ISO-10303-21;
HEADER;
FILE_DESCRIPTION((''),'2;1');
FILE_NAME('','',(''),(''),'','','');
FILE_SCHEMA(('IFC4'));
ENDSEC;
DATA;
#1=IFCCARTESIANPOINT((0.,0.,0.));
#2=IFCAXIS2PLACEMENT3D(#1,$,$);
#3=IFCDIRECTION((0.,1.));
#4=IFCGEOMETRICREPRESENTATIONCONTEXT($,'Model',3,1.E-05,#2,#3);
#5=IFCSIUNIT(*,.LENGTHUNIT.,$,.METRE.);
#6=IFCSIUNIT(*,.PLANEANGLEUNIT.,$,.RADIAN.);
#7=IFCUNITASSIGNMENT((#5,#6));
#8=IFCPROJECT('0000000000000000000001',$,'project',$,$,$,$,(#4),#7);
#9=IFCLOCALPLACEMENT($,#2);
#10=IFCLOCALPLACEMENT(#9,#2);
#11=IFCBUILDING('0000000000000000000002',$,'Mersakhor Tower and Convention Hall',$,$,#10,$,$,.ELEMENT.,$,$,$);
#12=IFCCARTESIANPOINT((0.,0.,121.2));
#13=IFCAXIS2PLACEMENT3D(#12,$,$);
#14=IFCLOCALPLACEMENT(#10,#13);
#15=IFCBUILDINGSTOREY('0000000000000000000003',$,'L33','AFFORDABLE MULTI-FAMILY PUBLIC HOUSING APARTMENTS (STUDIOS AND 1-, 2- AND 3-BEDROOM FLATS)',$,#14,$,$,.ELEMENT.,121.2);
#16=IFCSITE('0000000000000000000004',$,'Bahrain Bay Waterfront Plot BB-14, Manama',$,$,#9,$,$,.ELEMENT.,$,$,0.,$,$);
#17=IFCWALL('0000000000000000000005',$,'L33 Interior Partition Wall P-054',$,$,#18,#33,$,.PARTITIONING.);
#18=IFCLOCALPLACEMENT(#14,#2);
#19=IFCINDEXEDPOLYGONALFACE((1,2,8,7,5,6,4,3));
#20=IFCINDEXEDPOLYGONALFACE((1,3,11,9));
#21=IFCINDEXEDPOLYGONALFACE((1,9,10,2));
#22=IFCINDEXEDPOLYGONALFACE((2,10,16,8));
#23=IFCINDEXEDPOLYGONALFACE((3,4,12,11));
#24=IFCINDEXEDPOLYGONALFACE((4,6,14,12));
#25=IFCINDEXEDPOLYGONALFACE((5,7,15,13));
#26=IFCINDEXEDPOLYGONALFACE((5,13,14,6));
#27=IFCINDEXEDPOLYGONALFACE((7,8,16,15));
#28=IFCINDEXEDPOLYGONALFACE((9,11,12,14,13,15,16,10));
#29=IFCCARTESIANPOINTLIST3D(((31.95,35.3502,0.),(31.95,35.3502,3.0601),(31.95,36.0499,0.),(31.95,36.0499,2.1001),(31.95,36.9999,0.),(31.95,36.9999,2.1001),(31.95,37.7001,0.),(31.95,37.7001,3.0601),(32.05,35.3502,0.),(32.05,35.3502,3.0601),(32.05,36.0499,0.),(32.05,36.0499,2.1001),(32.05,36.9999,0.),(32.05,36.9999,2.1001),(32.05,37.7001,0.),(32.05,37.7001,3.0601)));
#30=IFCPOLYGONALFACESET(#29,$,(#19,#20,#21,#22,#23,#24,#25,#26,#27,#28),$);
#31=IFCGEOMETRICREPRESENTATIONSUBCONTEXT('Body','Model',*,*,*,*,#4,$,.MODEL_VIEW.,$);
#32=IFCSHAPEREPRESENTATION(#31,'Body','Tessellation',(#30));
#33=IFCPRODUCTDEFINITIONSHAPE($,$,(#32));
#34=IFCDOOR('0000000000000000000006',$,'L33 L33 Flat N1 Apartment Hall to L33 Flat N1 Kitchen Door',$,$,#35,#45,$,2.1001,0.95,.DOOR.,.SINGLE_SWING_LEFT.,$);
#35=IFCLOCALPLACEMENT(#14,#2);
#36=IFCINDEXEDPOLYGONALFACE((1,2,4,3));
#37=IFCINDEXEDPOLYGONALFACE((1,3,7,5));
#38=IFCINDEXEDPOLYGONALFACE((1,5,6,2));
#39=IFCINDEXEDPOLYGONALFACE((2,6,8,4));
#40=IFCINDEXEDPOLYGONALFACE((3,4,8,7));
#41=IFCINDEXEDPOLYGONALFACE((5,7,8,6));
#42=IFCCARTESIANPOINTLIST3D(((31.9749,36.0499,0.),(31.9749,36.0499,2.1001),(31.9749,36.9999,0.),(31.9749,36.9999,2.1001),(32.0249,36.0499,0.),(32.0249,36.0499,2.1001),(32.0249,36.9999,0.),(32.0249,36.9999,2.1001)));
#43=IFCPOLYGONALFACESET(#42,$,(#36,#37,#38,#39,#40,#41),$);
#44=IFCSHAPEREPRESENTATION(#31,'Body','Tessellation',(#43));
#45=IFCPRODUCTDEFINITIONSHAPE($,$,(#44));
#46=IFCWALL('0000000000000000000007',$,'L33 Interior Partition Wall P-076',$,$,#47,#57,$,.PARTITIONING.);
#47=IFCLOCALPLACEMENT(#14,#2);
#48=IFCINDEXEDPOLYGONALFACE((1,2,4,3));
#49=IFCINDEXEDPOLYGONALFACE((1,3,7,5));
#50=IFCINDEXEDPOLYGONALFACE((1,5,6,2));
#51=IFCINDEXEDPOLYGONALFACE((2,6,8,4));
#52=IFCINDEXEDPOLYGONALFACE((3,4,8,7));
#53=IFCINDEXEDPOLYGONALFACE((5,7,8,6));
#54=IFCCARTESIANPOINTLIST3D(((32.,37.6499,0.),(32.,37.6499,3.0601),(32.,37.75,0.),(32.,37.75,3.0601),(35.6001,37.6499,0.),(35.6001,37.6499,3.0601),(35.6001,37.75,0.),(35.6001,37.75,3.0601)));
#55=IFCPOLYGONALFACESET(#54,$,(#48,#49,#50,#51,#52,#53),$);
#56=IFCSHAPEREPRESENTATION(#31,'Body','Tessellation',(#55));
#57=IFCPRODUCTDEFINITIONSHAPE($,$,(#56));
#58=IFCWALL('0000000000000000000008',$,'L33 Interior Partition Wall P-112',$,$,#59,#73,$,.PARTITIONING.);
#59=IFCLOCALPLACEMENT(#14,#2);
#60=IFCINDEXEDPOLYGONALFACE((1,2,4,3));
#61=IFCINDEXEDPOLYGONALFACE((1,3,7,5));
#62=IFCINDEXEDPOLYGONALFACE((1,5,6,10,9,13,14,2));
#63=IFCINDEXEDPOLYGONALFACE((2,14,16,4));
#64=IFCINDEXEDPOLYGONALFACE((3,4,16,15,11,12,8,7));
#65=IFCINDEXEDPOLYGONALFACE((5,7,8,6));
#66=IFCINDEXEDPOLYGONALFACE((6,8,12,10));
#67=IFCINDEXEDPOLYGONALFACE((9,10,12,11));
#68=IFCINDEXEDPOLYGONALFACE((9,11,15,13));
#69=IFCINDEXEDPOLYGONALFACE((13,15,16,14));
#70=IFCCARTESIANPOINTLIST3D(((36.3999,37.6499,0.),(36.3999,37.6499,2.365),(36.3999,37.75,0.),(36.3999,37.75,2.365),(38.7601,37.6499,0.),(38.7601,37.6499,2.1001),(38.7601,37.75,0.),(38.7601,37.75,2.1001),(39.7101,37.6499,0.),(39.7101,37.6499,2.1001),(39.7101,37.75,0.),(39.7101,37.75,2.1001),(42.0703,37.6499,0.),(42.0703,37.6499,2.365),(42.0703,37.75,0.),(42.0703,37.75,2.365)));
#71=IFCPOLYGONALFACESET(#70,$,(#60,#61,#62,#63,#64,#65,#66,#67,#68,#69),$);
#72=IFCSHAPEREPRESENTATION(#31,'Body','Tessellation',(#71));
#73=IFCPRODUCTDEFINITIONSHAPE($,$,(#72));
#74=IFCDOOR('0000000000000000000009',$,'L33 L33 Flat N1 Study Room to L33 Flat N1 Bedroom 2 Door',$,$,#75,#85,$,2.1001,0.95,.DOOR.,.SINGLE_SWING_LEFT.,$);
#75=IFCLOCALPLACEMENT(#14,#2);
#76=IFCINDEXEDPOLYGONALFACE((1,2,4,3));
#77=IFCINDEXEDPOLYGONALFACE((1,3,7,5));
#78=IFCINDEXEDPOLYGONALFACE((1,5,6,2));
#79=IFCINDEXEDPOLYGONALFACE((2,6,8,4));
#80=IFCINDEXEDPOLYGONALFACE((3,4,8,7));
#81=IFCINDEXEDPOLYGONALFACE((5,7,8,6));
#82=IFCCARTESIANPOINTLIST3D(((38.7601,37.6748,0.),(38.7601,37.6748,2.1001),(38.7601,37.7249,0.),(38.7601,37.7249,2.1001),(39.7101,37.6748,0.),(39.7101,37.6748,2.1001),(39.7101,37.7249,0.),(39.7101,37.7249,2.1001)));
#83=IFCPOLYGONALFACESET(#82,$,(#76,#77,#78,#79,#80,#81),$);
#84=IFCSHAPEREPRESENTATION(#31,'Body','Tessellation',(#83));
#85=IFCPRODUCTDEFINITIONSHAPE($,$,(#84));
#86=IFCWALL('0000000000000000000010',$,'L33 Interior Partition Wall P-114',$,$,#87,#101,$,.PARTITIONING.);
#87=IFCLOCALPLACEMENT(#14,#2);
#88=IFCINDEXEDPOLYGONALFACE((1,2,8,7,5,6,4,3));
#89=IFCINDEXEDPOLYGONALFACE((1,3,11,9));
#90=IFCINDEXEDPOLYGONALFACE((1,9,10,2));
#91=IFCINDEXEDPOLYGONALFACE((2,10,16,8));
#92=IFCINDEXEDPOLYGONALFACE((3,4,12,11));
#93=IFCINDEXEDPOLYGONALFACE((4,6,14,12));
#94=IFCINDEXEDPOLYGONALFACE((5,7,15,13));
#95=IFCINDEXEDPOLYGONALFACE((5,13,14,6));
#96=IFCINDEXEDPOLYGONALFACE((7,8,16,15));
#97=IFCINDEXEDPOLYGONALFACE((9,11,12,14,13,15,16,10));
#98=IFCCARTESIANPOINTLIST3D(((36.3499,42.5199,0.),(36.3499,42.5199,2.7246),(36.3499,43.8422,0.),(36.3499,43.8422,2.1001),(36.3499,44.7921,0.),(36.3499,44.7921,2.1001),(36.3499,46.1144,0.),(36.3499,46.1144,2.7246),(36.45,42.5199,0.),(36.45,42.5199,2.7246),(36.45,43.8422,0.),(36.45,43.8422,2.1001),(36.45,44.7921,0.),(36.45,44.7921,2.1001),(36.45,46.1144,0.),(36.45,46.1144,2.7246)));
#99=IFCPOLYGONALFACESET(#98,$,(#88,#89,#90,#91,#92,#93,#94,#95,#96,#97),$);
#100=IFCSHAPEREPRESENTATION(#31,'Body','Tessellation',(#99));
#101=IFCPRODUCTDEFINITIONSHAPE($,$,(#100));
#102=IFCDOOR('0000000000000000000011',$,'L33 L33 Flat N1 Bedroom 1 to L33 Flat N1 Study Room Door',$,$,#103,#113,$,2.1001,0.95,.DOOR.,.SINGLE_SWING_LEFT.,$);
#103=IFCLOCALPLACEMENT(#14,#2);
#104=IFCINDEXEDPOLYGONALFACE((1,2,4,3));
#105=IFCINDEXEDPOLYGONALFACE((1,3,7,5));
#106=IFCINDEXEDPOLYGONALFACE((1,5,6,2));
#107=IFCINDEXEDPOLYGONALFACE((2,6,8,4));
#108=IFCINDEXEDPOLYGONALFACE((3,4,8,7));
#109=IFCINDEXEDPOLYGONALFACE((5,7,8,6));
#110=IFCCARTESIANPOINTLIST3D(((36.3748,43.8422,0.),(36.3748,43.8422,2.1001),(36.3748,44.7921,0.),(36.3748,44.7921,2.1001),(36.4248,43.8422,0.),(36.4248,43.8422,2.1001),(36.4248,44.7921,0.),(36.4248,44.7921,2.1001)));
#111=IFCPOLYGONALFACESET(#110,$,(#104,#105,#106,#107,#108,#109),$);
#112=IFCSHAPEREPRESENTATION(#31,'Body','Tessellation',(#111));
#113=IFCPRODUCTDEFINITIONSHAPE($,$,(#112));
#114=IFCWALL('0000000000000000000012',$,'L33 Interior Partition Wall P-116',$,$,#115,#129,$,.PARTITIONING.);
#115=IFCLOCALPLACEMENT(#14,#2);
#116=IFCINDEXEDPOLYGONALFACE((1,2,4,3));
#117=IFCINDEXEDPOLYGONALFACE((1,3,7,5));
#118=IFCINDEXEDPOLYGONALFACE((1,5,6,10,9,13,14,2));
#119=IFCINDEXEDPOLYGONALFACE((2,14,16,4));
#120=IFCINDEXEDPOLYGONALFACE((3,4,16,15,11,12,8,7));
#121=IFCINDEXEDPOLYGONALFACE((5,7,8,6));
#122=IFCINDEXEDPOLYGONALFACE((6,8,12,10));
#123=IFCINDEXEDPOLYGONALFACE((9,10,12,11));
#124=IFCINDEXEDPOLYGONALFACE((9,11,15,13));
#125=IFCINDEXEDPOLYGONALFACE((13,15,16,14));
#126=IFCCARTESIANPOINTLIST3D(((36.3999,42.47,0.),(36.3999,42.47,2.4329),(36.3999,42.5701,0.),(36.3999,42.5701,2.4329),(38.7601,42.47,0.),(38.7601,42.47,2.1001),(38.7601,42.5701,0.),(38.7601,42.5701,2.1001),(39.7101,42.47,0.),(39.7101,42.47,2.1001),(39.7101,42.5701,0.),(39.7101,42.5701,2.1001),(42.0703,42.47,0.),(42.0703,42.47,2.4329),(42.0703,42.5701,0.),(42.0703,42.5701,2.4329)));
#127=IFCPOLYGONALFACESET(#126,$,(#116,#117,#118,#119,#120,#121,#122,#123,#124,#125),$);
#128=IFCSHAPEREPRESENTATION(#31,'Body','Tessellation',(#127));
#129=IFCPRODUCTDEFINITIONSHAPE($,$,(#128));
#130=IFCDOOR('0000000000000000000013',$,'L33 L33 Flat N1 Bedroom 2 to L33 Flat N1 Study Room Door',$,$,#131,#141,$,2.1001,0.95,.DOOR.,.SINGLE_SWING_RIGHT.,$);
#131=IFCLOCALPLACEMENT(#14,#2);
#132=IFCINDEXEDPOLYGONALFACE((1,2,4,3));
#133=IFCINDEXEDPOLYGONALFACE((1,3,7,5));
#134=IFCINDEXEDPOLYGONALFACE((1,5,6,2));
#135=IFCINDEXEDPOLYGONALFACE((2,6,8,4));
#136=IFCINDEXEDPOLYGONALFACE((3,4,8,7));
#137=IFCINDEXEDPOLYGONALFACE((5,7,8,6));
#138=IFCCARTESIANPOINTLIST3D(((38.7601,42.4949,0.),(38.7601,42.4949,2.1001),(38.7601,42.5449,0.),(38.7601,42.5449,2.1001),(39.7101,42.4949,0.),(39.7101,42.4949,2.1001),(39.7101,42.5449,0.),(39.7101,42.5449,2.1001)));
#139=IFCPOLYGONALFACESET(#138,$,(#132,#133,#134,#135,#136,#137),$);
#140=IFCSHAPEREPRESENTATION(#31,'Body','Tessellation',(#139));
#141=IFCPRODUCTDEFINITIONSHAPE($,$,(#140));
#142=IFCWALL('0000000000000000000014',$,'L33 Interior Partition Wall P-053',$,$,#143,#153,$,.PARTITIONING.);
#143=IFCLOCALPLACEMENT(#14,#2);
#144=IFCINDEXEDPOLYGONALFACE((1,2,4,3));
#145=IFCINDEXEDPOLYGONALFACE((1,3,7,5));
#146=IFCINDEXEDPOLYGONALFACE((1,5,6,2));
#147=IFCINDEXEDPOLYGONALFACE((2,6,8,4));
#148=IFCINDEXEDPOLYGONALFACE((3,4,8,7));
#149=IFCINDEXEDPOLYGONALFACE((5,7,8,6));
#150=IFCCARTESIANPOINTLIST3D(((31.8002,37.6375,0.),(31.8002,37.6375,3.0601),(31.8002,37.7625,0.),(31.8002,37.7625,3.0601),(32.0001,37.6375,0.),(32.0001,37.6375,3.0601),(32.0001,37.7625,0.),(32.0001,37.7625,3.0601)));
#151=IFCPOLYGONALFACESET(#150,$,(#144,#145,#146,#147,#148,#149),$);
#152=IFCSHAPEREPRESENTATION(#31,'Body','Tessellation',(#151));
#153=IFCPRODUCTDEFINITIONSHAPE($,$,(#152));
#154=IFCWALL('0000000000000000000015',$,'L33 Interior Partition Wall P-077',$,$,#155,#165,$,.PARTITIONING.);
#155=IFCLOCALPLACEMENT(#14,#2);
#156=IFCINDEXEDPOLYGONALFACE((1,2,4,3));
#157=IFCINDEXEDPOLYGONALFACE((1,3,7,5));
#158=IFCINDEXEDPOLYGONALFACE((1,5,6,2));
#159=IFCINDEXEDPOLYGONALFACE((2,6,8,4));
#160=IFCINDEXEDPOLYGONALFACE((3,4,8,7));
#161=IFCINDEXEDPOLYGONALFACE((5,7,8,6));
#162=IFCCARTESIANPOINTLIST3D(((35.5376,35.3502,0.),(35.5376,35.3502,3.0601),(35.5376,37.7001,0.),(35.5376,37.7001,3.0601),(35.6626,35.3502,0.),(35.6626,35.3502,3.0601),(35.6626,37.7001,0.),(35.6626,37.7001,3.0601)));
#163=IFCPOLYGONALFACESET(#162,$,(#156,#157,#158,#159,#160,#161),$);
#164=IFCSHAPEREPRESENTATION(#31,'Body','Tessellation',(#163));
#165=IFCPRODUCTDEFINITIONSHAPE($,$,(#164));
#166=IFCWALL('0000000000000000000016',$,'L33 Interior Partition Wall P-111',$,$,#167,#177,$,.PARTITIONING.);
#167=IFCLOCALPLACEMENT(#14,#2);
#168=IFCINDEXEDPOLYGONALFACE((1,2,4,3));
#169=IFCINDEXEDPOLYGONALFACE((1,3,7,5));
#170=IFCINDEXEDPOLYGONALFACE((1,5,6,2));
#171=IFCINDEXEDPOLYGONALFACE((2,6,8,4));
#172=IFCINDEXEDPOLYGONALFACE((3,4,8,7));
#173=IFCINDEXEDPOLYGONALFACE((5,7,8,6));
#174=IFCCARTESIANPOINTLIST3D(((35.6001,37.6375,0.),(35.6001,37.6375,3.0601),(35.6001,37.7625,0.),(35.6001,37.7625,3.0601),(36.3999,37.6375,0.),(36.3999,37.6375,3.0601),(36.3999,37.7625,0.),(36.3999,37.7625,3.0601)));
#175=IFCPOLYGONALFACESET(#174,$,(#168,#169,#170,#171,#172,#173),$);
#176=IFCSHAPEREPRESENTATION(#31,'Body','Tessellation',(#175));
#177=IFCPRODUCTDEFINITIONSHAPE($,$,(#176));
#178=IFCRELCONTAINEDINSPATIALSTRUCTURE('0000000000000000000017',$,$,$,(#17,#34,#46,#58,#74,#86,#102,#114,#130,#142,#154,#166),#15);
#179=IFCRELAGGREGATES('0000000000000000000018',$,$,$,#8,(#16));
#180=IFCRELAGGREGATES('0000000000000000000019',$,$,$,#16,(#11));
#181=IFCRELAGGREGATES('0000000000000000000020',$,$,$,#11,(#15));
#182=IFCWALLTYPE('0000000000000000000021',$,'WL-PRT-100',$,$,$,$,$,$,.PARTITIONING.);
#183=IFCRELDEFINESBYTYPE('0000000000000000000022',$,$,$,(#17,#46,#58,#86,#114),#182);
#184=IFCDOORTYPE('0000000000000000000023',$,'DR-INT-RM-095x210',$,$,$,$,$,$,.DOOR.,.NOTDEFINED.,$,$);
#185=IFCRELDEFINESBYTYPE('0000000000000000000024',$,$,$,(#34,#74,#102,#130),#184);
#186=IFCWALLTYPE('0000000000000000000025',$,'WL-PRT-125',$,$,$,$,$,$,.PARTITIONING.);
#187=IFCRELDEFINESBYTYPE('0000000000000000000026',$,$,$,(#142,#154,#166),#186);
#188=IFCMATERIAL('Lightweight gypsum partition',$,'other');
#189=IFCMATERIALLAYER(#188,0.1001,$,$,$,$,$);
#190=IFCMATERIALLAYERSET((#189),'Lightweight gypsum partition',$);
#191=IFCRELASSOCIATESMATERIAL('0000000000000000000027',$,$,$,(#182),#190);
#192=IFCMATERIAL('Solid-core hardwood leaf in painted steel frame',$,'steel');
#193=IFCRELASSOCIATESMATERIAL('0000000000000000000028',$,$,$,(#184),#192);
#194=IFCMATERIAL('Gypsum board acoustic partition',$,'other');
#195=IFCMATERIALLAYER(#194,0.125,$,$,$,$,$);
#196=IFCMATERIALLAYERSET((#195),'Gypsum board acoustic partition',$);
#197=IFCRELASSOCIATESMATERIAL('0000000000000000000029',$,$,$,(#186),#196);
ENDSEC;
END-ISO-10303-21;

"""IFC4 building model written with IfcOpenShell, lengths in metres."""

from ifc_helpers import new_model, si_unit, direction, frame, frame_2d, origin, place, context, subcontext, project, spatial, rectangle, extrude, material, layer, layer_set, type_object, element, fill, save


model = new_model("IFC4")

# Units and contexts
model_context = context("Model", 3, precision=1e-05, world=origin(), true_north=direction((0.0, 1.0)))
body_context = subcontext(model_context, "Body", "Model", "MODEL_VIEW")
ifc_project = project(units=[si_unit("LENGTHUNIT", "METRE"), si_unit("PLANEANGLEUNIT", "RADIAN")], contexts=[model_context])

# Site, building, storey
site_placement = place(None, origin())
site = spatial("IfcSite", under=ifc_project, at=site_placement, Name="Bahrain Bay Waterfront Plot BB-14, Manama", CompositionType="ELEMENT", RefElevation=0.0)
building_placement = place(site_placement, origin())
building = spatial("IfcBuilding", under=site, at=building_placement, Name="Mersakhor Tower and Convention Hall", CompositionType="ELEMENT")
storey_placement = place(building_placement, frame((0.0, 0.0, 121.2)))
storey = spatial("IfcBuildingStorey", under=building, at=storey_placement, Name="L33", Description="AFFORDABLE MULTI-FAMILY PUBLIC HOUSING APARTMENTS (STUDIOS AND 1-, 2- AND 3-BEDROOM FLATS)", CompositionType="ELEMENT", Elevation=121.2)

# Wall, opening, door
ifc_material_1 = material(Name="Lightweight gypsum partition", Category="other")
ifc_layer_1 = layer(ifc_material_1, 0.1001)
ifc_layer_set_1 = layer_set([ifc_layer_1], Name="Lightweight gypsum partition")
wall_type_1 = type_object("IfcWallType", Name="WL-PRT-100", PredefinedType="PARTITIONING", material=ifc_layer_set_1)
ifc_material_2 = material(Name="Solid-core hardwood leaf in painted steel frame", Category="steel")
door_type_1 = type_object("IfcDoorType", Name="DR-INT-RM-095x210", OperationType="NOTDEFINED", PredefinedType="DOOR", material=ifc_material_2)
wall_1_placement = place(storey_placement, frame((32.0, 37.7, 0.0), z_axis=(0.0, 0.0, 1.0), x_axis=(0.0, -1.0, 0.0)))
wall_1 = element("IfcWall", 1, at=wall_1_placement, inside=storey, type_object=wall_type_1, Name="L33 Interior Partition Wall P-054", PredefinedType="PARTITIONING", context=body_context, shape_type="SweptSolid", body=[
    extrude(rectangle(XDim=2.3499, YDim=0.1001, at=frame_2d((1.1748, 0.0))), origin(), (0.0, 0.0, 1.0), 3.0601),
])
opening_1_placement = place(wall_1_placement, frame((0.7, 0.0, 0.0)))
opening_1 = element("IfcOpeningElement", 2, at=opening_1_placement, cuts=wall_1, PredefinedType="OPENING", context=body_context, shape_type="SweptSolid", body=[
    extrude(rectangle(XDim=0.95, YDim=2.1001, at=frame_2d((0.4751, 1.05))), frame((0.0, 0.0601, 0.0), z_axis=(0.0, -1.0, 0.0), x_axis=(1.0, 0.0, 0.0)), (0.0, 0.0, 1.0), 0.1201),
])
door_1_placement = place(opening_1_placement, origin())
door_1 = element("IfcDoor", 3, at=door_1_placement, inside=storey, type_object=door_type_1, Name="L33 L33 Flat N1 Apartment Hall to L33 Flat N1 Kitchen Door", OperationType="SINGLE_SWING_LEFT", OverallHeight=2.1001, OverallWidth=0.95, PredefinedType="DOOR", context=body_context, shape_type="SweptSolid", body=[
    extrude(rectangle(XDim=0.95, YDim=2.1001, at=frame_2d((0.4751, 1.05))), frame((0.0, 0.0249, 0.0), z_axis=(0.0, -1.0, 0.0), x_axis=(1.0, 0.0, 0.0)), (0.0, 0.0, 1.0), 0.05),
])
fill(opening_1, door_1)

# Wall
wall_2_placement = place(storey_placement, frame((32.0, 37.7, 0.0), z_axis=(0.0, 0.0, 1.0), x_axis=(1.0, 0.0, 0.0)))
element("IfcWall", 4, at=wall_2_placement, inside=storey, type_object=wall_type_1, Name="L33 Interior Partition Wall P-076", PredefinedType="PARTITIONING", context=body_context, shape_type="SweptSolid", body=[
    extrude(rectangle(XDim=3.6001, YDim=0.1001, at=frame_2d((1.8, 0.0))), origin(), (0.0, 0.0, 1.0), 3.0601),
])

# Walls, openings, doors
wall_3_placement = place(storey_placement, frame((36.3999, 37.7, 0.0), z_axis=(0.0, 0.0, 1.0), x_axis=(1.0, 0.0, 0.0)))
wall_3 = element("IfcWall", 5, at=wall_3_placement, inside=storey, type_object=wall_type_1, Name="L33 Interior Partition Wall P-112", PredefinedType="PARTITIONING", context=body_context, shape_type="SweptSolid", body=[
    extrude(rectangle(XDim=5.6704, YDim=0.1001, at=frame_2d((2.8352, 0.0))), origin(), (0.0, 0.0, 1.0), 2.365),
])
opening_2_placement = place(wall_3_placement, frame((2.3601, 0.0, 0.0)))
opening_2 = element("IfcOpeningElement", 6, at=opening_2_placement, cuts=wall_3, PredefinedType="OPENING", context=body_context, shape_type="SweptSolid", body=[
    extrude(rectangle(XDim=0.95, YDim=2.1001, at=frame_2d((0.4751, 1.05))), frame((0.0, 0.0601, 0.0), z_axis=(0.0, -1.0, 0.0), x_axis=(1.0, 0.0, 0.0)), (0.0, 0.0, 1.0), 0.1201),
])
door_2_placement = place(opening_2_placement, origin())
door_2 = element("IfcDoor", 7, at=door_2_placement, inside=storey, type_object=door_type_1, Name="L33 L33 Flat N1 Study Room to L33 Flat N1 Bedroom 2 Door", OperationType="SINGLE_SWING_LEFT", OverallHeight=2.1001, OverallWidth=0.95, PredefinedType="DOOR", context=body_context, shape_type="SweptSolid", body=[
    extrude(rectangle(XDim=0.95, YDim=2.1001, at=frame_2d((0.4751, 1.05))), frame((0.0, 0.0249, 0.0), z_axis=(0.0, -1.0, 0.0), x_axis=(1.0, 0.0, 0.0)), (0.0, 0.0, 1.0), 0.05),
])
fill(opening_2, door_2)
wall_4_placement = place(storey_placement, frame((36.3999, 46.1145, 0.0), z_axis=(0.0, 0.0, 1.0), x_axis=(0.0, -1.0, 0.0)))
wall_4 = element("IfcWall", 8, at=wall_4_placement, inside=storey, type_object=wall_type_1, Name="L33 Interior Partition Wall P-114", PredefinedType="PARTITIONING", context=body_context, shape_type="SweptSolid", body=[
    extrude(rectangle(XDim=3.5945, YDim=0.1001, at=frame_2d((1.7974, 0.0))), origin(), (0.0, 0.0, 1.0), 2.7246),
])
opening_3_placement = place(wall_4_placement, frame((1.3223, 0.0, 0.0)))
opening_3 = element("IfcOpeningElement", 9, at=opening_3_placement, cuts=wall_4, PredefinedType="OPENING", context=body_context, shape_type="SweptSolid", body=[
    extrude(rectangle(XDim=0.95, YDim=2.1001, at=frame_2d((0.4751, 1.05))), frame((0.0, 0.0601, 0.0), z_axis=(0.0, -1.0, 0.0), x_axis=(1.0, 0.0, 0.0)), (0.0, 0.0, 1.0), 0.1201),
])
door_3_placement = place(opening_3_placement, origin())
door_3 = element("IfcDoor", 10, at=door_3_placement, inside=storey, type_object=door_type_1, Name="L33 L33 Flat N1 Bedroom 1 to L33 Flat N1 Study Room Door", OperationType="SINGLE_SWING_LEFT", OverallHeight=2.1001, OverallWidth=0.95, PredefinedType="DOOR", context=body_context, shape_type="SweptSolid", body=[
    extrude(rectangle(XDim=0.95, YDim=2.1001, at=frame_2d((0.4751, 1.05))), frame((0.0, 0.0249, 0.0), z_axis=(0.0, -1.0, 0.0), x_axis=(1.0, 0.0, 0.0)), (0.0, 0.0, 1.0), 0.05),
])
fill(opening_3, door_3)
wall_5_placement = place(storey_placement, frame((36.3999, 42.52, 0.0), z_axis=(0.0, 0.0, 1.0), x_axis=(1.0, 0.0, 0.0)))
wall_5 = element("IfcWall", 11, at=wall_5_placement, inside=storey, type_object=wall_type_1, Name="L33 Interior Partition Wall P-116", PredefinedType="PARTITIONING", context=body_context, shape_type="SweptSolid", body=[
    extrude(rectangle(XDim=5.6704, YDim=0.1001, at=frame_2d((2.8352, 0.0))), origin(), (0.0, 0.0, 1.0), 2.4329),
])
opening_4_placement = place(wall_5_placement, frame((2.3601, 0.0, 0.0)))
opening_4 = element("IfcOpeningElement", 12, at=opening_4_placement, cuts=wall_5, PredefinedType="OPENING", context=body_context, shape_type="SweptSolid", body=[
    extrude(rectangle(XDim=0.95, YDim=2.1001, at=frame_2d((0.4751, 1.05))), frame((0.0, 0.0601, 0.0), z_axis=(0.0, -1.0, 0.0), x_axis=(1.0, 0.0, 0.0)), (0.0, 0.0, 1.0), 0.1201),
])
door_4_placement = place(opening_4_placement, origin())
door_4 = element("IfcDoor", 13, at=door_4_placement, inside=storey, type_object=door_type_1, Name="L33 L33 Flat N1 Bedroom 2 to L33 Flat N1 Study Room Door", OperationType="SINGLE_SWING_RIGHT", OverallHeight=2.1001, OverallWidth=0.95, PredefinedType="DOOR", context=body_context, shape_type="SweptSolid", body=[
    extrude(rectangle(XDim=0.95, YDim=2.1001, at=frame_2d((0.4751, 1.05))), frame((0.0, 0.0249, 0.0), z_axis=(0.0, -1.0, 0.0), x_axis=(1.0, 0.0, 0.0)), (0.0, 0.0, 1.0), 0.05),
])
fill(opening_4, door_4)

# Walls
ifc_material_3 = material(Name="Gypsum board acoustic partition", Category="other")
ifc_layer_2 = layer(ifc_material_3, 0.125)
ifc_layer_set_2 = layer_set([ifc_layer_2], Name="Gypsum board acoustic partition")
wall_type_2 = type_object("IfcWallType", Name="WL-PRT-125", PredefinedType="PARTITIONING", material=ifc_layer_set_2)
wall_6_placement = place(storey_placement, frame((31.8, 37.7, 0.0), z_axis=(0.0, 0.0, 1.0), x_axis=(1.0, 0.0, 0.0)))
element("IfcWall", 14, at=wall_6_placement, inside=storey, type_object=wall_type_2, Name="L33 Interior Partition Wall P-053", PredefinedType="PARTITIONING", context=body_context, shape_type="SweptSolid", body=[
    extrude(rectangle(XDim=0.2, YDim=0.125, at=frame_2d((0.1001, 0.0))), origin(), (0.0, 0.0, 1.0), 3.0601),
])
wall_7_placement = place(storey_placement, frame((35.6001, 37.7, 0.0), z_axis=(0.0, 0.0, 1.0), x_axis=(0.0, -1.0, 0.0)))
element("IfcWall", 15, at=wall_7_placement, inside=storey, type_object=wall_type_2, Name="L33 Interior Partition Wall P-077", PredefinedType="PARTITIONING", context=body_context, shape_type="SweptSolid", body=[
    extrude(rectangle(XDim=2.3499, YDim=0.125, at=frame_2d((1.1748, 0.0))), origin(), (0.0, 0.0, 1.0), 3.0601),
])
wall_8_placement = place(storey_placement, frame((35.6001, 37.7, 0.0), z_axis=(0.0, 0.0, 1.0), x_axis=(1.0, 0.0, 0.0)))
element("IfcWall", 16, at=wall_8_placement, inside=storey, type_object=wall_type_2, Name="L33 Interior Partition Wall P-111", PredefinedType="PARTITIONING", context=body_context, shape_type="SweptSolid", body=[
    extrude(rectangle(XDim=0.7998, YDim=0.125, at=frame_2d((0.3999, 0.0))), origin(), (0.0, 0.0, 1.0), 3.0601),
])

save(model, "model.ifc")
